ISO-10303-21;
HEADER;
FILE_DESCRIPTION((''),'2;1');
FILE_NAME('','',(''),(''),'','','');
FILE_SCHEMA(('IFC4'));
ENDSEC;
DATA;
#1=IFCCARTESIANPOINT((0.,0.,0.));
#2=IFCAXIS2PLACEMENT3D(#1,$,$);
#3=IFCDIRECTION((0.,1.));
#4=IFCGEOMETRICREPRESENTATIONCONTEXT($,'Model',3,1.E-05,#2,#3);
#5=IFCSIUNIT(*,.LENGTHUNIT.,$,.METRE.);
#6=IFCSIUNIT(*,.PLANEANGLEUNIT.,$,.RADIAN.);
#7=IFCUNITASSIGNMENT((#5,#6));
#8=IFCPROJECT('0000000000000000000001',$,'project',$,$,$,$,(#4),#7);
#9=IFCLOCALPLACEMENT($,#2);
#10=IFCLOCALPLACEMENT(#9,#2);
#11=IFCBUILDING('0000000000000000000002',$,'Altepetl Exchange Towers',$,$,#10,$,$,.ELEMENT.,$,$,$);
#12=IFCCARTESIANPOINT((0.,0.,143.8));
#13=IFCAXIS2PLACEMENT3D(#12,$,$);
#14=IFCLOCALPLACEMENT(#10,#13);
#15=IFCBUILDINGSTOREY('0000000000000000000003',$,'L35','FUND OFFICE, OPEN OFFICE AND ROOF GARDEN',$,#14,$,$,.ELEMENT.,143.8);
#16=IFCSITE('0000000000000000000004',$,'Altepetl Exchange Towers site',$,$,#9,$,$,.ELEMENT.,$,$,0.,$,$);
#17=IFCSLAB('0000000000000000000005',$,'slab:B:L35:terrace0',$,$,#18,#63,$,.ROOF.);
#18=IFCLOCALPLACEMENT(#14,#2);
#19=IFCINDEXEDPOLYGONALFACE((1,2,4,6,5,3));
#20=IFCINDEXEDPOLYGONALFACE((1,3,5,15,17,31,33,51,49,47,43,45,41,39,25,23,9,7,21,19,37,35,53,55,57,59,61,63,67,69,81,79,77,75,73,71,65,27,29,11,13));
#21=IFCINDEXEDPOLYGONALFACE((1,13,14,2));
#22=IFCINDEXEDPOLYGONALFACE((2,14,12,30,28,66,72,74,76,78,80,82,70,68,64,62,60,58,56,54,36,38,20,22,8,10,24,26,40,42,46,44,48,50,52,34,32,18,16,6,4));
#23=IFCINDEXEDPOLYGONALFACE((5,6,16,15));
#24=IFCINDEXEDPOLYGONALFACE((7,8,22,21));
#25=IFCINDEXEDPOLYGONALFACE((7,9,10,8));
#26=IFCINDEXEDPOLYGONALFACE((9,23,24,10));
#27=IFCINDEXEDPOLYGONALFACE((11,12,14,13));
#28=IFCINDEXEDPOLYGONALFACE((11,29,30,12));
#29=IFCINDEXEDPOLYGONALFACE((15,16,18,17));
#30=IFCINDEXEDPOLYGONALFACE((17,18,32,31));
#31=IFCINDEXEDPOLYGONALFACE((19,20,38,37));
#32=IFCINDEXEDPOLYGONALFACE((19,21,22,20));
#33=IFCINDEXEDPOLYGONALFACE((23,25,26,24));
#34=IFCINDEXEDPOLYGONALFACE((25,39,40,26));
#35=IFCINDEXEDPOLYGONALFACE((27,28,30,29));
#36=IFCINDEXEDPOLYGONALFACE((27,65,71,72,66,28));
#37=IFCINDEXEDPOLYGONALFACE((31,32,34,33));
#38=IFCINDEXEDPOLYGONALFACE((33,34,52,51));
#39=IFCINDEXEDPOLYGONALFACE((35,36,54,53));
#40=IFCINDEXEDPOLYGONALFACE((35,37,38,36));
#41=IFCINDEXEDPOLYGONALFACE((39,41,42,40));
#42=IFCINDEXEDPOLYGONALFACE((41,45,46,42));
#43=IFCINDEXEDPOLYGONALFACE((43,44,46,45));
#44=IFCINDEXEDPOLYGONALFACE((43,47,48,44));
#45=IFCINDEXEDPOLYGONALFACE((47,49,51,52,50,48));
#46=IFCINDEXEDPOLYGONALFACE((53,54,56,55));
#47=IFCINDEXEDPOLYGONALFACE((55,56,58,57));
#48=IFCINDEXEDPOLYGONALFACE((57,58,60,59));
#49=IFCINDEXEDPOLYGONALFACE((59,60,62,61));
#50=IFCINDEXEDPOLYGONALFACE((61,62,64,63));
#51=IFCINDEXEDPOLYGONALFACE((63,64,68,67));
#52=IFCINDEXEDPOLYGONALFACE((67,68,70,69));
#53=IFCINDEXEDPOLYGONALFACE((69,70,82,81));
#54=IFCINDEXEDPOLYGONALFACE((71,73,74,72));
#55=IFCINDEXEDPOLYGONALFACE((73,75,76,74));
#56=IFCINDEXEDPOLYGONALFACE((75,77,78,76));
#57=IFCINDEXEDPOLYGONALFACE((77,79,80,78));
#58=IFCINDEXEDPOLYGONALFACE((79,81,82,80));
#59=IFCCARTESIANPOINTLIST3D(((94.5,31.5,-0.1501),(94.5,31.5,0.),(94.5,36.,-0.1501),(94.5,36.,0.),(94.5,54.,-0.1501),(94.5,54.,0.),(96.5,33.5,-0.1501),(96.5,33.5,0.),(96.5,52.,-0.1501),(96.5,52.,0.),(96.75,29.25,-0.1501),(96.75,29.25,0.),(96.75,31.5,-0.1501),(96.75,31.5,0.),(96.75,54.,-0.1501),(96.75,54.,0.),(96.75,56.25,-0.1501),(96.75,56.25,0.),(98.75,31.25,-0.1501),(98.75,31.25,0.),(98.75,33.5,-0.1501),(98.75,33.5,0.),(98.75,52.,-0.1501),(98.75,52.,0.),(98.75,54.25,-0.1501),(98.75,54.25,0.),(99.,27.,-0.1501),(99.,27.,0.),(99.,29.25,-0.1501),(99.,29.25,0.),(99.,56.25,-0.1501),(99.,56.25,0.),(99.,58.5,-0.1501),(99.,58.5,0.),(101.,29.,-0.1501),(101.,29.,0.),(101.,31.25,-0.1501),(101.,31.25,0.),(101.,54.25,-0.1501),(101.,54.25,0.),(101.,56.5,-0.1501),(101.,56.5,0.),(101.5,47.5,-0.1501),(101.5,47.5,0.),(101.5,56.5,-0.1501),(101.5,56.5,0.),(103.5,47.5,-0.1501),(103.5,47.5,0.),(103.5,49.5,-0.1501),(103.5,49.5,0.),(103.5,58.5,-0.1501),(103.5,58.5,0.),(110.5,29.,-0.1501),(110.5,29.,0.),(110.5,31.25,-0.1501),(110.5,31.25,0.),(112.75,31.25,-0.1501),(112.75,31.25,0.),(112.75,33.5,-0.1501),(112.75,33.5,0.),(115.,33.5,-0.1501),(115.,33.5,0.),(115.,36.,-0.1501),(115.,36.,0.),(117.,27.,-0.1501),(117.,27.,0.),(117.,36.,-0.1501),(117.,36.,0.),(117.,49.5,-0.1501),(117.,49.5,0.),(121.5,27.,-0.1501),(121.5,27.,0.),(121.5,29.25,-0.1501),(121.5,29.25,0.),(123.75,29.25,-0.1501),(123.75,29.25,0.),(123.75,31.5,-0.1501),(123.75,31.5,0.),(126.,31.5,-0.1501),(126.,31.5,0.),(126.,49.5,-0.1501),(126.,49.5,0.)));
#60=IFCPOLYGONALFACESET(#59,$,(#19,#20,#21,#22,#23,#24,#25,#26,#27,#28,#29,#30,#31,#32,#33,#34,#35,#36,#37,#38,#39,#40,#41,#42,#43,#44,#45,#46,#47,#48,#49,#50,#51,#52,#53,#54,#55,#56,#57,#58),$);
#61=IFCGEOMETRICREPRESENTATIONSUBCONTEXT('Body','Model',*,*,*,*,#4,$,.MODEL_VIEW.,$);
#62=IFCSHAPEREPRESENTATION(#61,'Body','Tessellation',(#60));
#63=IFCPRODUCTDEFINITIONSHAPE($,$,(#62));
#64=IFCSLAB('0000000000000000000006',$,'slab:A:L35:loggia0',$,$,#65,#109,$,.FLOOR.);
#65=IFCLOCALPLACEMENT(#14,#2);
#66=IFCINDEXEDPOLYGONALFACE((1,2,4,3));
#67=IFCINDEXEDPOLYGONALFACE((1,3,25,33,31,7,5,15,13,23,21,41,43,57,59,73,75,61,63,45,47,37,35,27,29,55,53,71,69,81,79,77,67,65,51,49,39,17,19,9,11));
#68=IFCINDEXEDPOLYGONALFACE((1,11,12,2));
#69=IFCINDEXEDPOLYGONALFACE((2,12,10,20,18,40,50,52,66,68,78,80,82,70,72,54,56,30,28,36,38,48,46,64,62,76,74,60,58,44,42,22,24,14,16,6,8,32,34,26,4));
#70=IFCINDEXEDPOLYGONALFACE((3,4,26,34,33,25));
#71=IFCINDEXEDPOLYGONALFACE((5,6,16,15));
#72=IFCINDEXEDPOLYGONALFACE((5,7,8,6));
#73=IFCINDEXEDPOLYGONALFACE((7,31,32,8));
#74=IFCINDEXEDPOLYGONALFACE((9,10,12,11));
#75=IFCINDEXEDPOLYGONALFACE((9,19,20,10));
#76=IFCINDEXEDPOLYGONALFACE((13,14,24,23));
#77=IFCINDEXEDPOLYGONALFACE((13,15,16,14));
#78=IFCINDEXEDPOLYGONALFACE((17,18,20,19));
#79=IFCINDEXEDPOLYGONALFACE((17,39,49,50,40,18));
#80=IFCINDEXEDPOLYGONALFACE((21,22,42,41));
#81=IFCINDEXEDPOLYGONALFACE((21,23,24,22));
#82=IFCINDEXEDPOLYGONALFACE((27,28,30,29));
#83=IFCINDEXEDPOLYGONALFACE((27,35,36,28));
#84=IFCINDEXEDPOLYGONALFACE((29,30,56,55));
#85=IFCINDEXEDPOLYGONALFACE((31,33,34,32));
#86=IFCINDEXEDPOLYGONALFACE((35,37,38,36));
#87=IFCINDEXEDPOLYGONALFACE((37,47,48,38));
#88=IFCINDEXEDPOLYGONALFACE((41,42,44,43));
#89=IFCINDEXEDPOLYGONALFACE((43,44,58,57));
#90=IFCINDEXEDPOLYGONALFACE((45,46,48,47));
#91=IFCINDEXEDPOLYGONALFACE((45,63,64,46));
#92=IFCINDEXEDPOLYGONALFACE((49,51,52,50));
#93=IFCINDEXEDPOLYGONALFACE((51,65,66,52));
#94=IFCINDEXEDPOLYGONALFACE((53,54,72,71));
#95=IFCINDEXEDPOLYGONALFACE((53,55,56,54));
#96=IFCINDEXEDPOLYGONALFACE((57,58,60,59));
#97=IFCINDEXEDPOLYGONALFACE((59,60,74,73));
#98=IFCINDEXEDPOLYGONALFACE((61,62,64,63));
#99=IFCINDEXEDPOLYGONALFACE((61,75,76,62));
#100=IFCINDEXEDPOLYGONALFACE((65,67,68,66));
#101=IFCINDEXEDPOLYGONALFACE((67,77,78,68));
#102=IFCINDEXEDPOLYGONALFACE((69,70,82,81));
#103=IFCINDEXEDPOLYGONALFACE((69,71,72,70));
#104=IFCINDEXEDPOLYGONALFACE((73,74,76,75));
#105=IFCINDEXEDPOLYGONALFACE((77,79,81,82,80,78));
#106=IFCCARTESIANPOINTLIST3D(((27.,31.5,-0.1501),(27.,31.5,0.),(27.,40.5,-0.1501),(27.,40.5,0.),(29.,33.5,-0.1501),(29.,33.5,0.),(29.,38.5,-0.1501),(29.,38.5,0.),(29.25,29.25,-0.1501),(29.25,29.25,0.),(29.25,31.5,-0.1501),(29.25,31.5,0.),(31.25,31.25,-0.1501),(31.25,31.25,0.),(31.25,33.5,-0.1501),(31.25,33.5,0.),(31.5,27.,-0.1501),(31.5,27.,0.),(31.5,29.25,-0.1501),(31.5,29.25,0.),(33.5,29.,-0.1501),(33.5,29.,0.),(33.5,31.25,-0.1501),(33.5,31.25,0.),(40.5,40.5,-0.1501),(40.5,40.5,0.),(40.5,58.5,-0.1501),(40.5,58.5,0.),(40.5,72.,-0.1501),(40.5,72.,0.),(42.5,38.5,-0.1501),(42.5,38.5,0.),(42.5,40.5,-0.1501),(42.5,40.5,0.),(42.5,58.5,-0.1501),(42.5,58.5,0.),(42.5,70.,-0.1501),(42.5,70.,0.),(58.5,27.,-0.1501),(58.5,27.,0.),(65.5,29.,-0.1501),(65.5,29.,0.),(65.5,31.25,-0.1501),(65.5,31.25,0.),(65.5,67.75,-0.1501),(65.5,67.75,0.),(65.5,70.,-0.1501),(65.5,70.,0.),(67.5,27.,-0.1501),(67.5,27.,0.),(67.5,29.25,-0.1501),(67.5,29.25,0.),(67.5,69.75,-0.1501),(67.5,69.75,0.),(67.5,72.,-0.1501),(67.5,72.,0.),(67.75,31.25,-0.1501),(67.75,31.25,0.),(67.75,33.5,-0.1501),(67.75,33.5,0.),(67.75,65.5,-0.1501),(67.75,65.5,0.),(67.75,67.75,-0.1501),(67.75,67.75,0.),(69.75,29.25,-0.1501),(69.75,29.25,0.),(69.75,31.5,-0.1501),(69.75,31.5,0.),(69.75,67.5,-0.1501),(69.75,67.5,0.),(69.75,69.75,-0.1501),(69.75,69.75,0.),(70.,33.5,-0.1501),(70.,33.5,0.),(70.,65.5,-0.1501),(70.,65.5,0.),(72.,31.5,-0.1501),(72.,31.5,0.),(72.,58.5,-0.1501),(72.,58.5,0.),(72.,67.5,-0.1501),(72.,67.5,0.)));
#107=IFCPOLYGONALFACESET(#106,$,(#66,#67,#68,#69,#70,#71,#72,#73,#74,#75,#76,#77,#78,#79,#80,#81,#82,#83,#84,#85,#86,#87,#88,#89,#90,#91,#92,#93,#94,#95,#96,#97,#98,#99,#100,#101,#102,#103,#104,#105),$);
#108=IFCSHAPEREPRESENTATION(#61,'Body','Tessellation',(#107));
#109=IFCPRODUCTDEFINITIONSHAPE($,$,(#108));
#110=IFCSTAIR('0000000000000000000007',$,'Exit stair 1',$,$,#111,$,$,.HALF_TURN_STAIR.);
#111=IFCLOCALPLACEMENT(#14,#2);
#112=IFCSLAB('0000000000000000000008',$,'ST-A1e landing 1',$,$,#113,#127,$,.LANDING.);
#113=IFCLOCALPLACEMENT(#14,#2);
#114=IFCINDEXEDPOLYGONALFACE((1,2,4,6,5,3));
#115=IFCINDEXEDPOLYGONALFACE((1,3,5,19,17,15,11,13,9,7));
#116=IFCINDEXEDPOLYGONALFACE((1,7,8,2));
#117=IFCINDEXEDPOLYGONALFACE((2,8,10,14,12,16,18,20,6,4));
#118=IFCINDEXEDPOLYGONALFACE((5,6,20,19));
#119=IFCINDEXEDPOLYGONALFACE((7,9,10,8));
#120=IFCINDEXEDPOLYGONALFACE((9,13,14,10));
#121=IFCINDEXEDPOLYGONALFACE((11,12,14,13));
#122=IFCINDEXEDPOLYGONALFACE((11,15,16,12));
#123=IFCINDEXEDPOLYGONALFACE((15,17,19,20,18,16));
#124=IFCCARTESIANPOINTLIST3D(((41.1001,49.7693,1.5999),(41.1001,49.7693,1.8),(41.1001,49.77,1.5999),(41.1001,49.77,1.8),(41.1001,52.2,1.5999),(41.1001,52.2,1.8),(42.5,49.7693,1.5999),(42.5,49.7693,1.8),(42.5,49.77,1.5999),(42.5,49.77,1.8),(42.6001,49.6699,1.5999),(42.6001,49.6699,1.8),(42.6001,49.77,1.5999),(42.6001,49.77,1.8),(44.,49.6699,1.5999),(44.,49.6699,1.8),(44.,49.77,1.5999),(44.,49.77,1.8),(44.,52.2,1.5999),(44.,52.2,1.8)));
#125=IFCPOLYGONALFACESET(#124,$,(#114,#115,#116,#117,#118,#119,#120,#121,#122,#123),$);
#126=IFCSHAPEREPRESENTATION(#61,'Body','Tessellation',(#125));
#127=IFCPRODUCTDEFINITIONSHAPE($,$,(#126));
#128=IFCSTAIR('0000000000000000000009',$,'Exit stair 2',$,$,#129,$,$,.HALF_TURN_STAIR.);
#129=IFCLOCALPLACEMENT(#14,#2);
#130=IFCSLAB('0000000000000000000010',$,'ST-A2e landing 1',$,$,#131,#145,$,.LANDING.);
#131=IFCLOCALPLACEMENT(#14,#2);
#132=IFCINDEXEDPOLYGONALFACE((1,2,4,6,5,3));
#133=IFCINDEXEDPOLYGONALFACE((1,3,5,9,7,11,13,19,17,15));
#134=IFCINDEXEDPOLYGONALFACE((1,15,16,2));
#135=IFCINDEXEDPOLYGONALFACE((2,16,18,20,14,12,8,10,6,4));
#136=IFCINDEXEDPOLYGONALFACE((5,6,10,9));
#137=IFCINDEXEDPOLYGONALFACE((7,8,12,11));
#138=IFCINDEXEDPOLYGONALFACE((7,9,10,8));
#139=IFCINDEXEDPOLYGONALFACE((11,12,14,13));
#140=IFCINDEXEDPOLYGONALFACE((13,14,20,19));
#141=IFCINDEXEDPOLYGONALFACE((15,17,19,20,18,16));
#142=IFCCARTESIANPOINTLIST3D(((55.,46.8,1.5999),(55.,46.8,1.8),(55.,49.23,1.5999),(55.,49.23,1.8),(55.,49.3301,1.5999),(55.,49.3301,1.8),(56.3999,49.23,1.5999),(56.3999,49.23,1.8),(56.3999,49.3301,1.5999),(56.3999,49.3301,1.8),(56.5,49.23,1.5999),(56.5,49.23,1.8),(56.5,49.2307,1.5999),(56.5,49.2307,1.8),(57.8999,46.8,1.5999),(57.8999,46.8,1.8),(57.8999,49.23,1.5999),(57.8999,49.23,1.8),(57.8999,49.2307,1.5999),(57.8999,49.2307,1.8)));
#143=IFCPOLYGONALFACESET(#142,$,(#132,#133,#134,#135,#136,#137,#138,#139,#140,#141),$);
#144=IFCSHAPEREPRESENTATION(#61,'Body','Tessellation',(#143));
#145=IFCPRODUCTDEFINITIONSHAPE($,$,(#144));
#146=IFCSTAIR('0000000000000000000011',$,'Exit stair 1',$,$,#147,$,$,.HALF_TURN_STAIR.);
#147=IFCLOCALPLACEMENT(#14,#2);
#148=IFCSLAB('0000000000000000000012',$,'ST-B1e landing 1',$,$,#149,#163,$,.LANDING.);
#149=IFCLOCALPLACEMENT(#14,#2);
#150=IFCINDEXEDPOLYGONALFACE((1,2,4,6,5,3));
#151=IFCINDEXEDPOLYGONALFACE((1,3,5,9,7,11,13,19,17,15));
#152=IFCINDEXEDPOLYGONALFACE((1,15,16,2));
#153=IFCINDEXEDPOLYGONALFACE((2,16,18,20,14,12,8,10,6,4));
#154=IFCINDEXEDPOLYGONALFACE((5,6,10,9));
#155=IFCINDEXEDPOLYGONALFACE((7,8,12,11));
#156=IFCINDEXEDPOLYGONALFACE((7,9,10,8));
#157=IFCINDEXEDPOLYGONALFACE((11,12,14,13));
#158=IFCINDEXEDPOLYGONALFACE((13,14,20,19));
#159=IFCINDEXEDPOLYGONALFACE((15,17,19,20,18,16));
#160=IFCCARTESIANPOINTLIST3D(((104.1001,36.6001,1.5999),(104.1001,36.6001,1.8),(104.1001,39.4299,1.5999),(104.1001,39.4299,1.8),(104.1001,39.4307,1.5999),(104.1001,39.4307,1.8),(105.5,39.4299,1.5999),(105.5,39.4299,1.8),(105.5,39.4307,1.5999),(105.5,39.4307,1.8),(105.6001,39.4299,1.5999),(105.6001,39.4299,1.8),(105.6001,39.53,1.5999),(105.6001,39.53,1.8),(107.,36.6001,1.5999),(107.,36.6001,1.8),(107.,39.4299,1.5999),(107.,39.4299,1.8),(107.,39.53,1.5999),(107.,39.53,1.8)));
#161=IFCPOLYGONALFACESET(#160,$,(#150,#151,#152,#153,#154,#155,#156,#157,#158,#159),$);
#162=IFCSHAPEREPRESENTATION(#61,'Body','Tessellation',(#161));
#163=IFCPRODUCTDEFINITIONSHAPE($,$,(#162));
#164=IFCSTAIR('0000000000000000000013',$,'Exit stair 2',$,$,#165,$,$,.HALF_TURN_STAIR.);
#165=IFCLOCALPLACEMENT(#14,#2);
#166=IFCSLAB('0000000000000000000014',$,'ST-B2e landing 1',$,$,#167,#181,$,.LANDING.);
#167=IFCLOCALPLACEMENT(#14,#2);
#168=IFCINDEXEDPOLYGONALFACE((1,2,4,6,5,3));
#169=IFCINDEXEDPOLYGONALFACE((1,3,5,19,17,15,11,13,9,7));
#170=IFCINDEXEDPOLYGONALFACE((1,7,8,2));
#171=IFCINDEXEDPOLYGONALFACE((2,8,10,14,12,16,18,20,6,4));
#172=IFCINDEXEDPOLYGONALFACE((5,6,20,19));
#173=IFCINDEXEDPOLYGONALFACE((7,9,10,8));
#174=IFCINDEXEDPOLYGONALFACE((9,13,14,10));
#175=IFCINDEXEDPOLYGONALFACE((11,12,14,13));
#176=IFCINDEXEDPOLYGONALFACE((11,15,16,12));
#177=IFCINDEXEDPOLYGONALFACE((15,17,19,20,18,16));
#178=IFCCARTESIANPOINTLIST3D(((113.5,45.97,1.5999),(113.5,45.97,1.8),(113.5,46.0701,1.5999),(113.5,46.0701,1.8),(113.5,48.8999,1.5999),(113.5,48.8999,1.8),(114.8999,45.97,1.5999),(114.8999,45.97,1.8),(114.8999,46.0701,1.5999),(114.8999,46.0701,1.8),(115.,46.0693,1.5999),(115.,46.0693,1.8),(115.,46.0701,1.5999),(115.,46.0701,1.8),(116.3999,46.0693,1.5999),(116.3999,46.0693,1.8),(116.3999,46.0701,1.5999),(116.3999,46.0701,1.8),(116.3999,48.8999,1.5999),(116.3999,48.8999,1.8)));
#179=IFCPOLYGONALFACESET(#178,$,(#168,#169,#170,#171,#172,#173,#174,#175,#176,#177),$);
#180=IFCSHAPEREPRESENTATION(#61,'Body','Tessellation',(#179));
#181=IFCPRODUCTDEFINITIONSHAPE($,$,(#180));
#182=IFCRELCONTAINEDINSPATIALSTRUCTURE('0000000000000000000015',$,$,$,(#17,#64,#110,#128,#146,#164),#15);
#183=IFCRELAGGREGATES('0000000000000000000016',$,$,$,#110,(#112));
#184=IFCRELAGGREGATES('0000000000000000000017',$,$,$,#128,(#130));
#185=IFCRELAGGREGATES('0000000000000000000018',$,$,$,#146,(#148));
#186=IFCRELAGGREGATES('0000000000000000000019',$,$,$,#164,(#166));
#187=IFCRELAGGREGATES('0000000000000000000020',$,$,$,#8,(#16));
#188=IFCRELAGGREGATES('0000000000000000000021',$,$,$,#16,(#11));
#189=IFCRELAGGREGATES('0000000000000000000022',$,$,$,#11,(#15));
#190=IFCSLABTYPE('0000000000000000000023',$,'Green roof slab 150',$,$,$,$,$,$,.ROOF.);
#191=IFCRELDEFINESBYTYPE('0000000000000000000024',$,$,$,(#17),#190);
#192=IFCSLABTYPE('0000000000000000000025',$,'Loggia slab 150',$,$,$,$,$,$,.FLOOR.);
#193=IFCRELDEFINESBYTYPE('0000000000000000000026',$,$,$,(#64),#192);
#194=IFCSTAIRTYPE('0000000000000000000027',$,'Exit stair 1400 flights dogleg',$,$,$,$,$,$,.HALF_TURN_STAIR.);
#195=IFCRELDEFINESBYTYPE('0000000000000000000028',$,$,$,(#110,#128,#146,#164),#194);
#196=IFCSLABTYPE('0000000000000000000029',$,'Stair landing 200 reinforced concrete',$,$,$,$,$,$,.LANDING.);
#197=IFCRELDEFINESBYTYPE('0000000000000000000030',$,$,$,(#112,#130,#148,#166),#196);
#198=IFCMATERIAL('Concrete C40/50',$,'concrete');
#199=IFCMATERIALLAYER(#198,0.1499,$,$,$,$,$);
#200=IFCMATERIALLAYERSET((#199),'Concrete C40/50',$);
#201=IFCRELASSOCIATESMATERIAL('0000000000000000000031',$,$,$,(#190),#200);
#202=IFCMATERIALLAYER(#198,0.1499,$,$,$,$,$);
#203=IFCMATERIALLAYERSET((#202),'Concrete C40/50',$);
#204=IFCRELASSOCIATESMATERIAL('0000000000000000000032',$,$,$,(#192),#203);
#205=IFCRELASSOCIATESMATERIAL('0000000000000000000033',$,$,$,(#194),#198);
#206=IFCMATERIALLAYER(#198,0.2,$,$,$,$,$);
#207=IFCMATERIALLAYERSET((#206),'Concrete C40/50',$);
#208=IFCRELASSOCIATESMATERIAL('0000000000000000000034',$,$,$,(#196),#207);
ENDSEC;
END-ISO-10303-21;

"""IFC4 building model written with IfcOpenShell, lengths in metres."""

from ifc_helpers import new_model, si_unit, direction, frame, origin, place, context, subcontext, project, spatial, polyline, outline, extrude, material, layer, layer_set, type_object, element, aggregate, save


model = new_model("IFC4")

# Units and contexts
model_context = context("Model", 3, precision=1e-05, world=origin(), true_north=direction((0.0, 1.0)))
body_context = subcontext(model_context, "Body", "Model", "MODEL_VIEW")
ifc_project = project(units=[si_unit("LENGTHUNIT", "METRE"), si_unit("PLANEANGLEUNIT", "RADIAN")], contexts=[model_context])

# Site, building, storey
site_placement = place(None, origin())
site = spatial("IfcSite", under=ifc_project, at=site_placement, Name="Altepetl Exchange Towers site", CompositionType="ELEMENT", RefElevation=0.0)
building_placement = place(site_placement, origin())
building = spatial("IfcBuilding", under=site, at=building_placement, Name="Altepetl Exchange Towers", CompositionType="ELEMENT")
storey_placement = place(building_placement, frame((0.0, 0.0, 143.8)))
storey = spatial("IfcBuildingStorey", under=building, at=storey_placement, Name="L35", Description="FUND OFFICE, OPEN OFFICE AND ROOF GARDEN", CompositionType="ELEMENT", Elevation=143.8)

# Slabs
ifc_material_1 = material(Name="Concrete C40/50", Category="concrete")
ifc_layer_1 = layer(ifc_material_1, 0.1499)
ifc_layer_set_1 = layer_set([ifc_layer_1], Name="Concrete C40/50")
slab_type_1 = type_object("IfcSlabType", Name="Green roof slab 150", PredefinedType="ROOF", material=ifc_layer_set_1)
slab_1_placement = place(storey_placement, frame((0.0, 0.0, -0.1501)))
element("IfcSlab", 1, at=slab_1_placement, inside=storey, type_object=slab_type_1, Name="slab:B:L35:terrace0", PredefinedType="ROOF", context=body_context, shape_type="SweptSolid", body=[
    extrude(outline(polyline([(96.75, 56.25), (96.75, 54.0), (94.5, 54.0), (94.5, 36.0), (94.5, 31.5), (96.75, 31.5), (96.75, 29.25), (99.0, 29.25), (99.0, 27.0), (117.0, 27.0), (121.5, 27.0), (121.5, 29.25), (123.75, 29.25), (123.75, 31.5), (126.0, 31.5), (126.0, 49.5), (117.0, 49.5), (117.0, 36.0), (115.0, 36.0), (115.0, 33.5), (112.75, 33.5), (112.75, 31.25), (110.5, 31.25), (110.5, 29.0), (101.0, 29.0), (101.0, 31.25), (98.75, 31.25), (98.75, 33.5), (96.5, 33.5), (96.5, 52.0), (98.75, 52.0), (98.75, 54.25), (101.0, 54.25), (101.0, 56.5), (101.5, 56.5), (101.5, 47.5), (103.5, 47.5), (103.5, 49.5), (103.5, 58.5), (99.0, 58.5), (99.0, 56.25), (96.75, 56.25)])), origin(), (0.0, 0.0, 1.0), 0.1501),
])
ifc_layer_2 = layer(ifc_material_1, 0.1499)
ifc_layer_set_2 = layer_set([ifc_layer_2], Name="Concrete C40/50")
slab_type_2 = type_object("IfcSlabType", Name="Loggia slab 150", PredefinedType="FLOOR", material=ifc_layer_set_2)
slab_2_placement = place(storey_placement, frame((0.0, 0.0, -0.1501)))
element("IfcSlab", 2, at=slab_2_placement, inside=storey, type_object=slab_type_2, Name="slab:A:L35:loggia0", PredefinedType="FLOOR", context=body_context, shape_type="SweptSolid", body=[
    extrude(outline(polyline([(40.5, 72.0), (40.5, 58.5), (42.5, 58.5), (42.5, 70.0), (65.5, 70.0), (65.5, 67.75), (67.75, 67.75), (67.75, 65.5), (70.0, 65.5), (70.0, 33.5), (67.75, 33.5), (67.75, 31.25), (65.5, 31.25), (65.5, 29.0), (33.5, 29.0), (33.5, 31.25), (31.25, 31.25), (31.25, 33.5), (29.0, 33.5), (29.0, 38.5), (42.5, 38.5), (42.5, 40.5), (40.5, 40.5), (27.0, 40.5), (27.0, 31.5), (29.25, 31.5), (29.25, 29.25), (31.5, 29.25), (31.5, 27.0), (58.5, 27.0), (67.5, 27.0), (67.5, 29.25), (69.75, 29.25), (69.75, 31.5), (72.0, 31.5), (72.0, 58.5), (72.0, 67.5), (69.75, 67.5), (69.75, 69.75), (67.5, 69.75), (67.5, 72.0), (40.5, 72.0)])), origin(), (0.0, 0.0, 1.0), 0.1501),
])

# Stairs, slabs
stair_type = type_object("IfcStairType", Name="Exit stair 1400 flights dogleg", PredefinedType="HALF_TURN_STAIR", material=ifc_material_1)
stair_1_placement = place(storey_placement, origin())
stair_1 = element("IfcStair", 3, at=stair_1_placement, inside=storey, type_object=stair_type, Name="Exit stair 1", PredefinedType="HALF_TURN_STAIR")
ifc_layer_3 = layer(ifc_material_1, 0.2)
ifc_layer_set_3 = layer_set([ifc_layer_3], Name="Concrete C40/50")
slab_type_3 = type_object("IfcSlabType", Name="Stair landing 200 reinforced concrete", PredefinedType="LANDING", material=ifc_layer_set_3)
slab_3_placement = place(storey_placement, frame((0.0, 0.0, 1.5999)))
slab_3 = element("IfcSlab", 4, at=slab_3_placement, type_object=slab_type_3, Name="ST-A1e landing 1", PredefinedType="LANDING", context=body_context, shape_type="SweptSolid", body=[
    extrude(outline(polyline([(44.0, 49.6699), (42.6001, 49.6699), (42.6001, 49.77), (42.5, 49.77), (42.5, 49.7693), (41.1001, 49.7693), (41.1001, 49.77), (41.1001, 52.2), (44.0, 52.2), (44.0, 49.77), (44.0, 49.6699)])), origin(), (0.0, 0.0, 1.0), 0.2002),
])
aggregate(stair_1, [slab_3])
stair_2_placement = place(storey_placement, origin())
stair_2 = element("IfcStair", 5, at=stair_2_placement, inside=storey, type_object=stair_type, Name="Exit stair 2", PredefinedType="HALF_TURN_STAIR")
slab_4_placement = place(storey_placement, frame((0.0, 0.0, 1.5999)))
slab_4 = element("IfcSlab", 6, at=slab_4_placement, type_object=slab_type_3, Name="ST-A2e landing 1", PredefinedType="LANDING", context=body_context, shape_type="SweptSolid", body=[
    extrude(outline(polyline([(57.8999, 46.8), (55.0, 46.8), (55.0, 49.23), (55.0, 49.3301), (56.3999, 49.3301), (56.3999, 49.23), (56.5, 49.23), (56.5, 49.2307), (57.8999, 49.2307), (57.8999, 49.23), (57.8999, 46.8)])), origin(), (0.0, 0.0, 1.0), 0.2002),
])
aggregate(stair_2, [slab_4])
stair_3_placement = place(storey_placement, origin())
stair_3 = element("IfcStair", 7, at=stair_3_placement, inside=storey, type_object=stair_type, Name="Exit stair 1", PredefinedType="HALF_TURN_STAIR")
slab_5_placement = place(storey_placement, frame((0.0, 0.0, 1.5999)))
slab_5 = element("IfcSlab", 8, at=slab_5_placement, type_object=slab_type_3, Name="ST-B1e landing 1", PredefinedType="LANDING", context=body_context, shape_type="SweptSolid", body=[
    extrude(outline(polyline([(107.0, 36.6001), (104.1001, 36.6001), (104.1001, 39.4299), (104.1001, 39.4307), (105.5, 39.4307), (105.5, 39.4299), (105.6001, 39.4299), (105.6001, 39.53), (107.0, 39.53), (107.0, 39.4299), (107.0, 36.6001)])), origin(), (0.0, 0.0, 1.0), 0.2002),
])
aggregate(stair_3, [slab_5])
stair_4_placement = place(storey_placement, origin())
stair_4 = element("IfcStair", 9, at=stair_4_placement, inside=storey, type_object=stair_type, Name="Exit stair 2", PredefinedType="HALF_TURN_STAIR")
slab_6_placement = place(storey_placement, frame((0.0, 0.0, 1.5999)))
slab_6 = element("IfcSlab", 10, at=slab_6_placement, type_object=slab_type_3, Name="ST-B2e landing 1", PredefinedType="LANDING", context=body_context, shape_type="SweptSolid", body=[
    extrude(outline(polyline([(114.8999, 45.97), (113.5, 45.97), (113.5, 46.0701), (113.5, 48.8999), (116.3999, 48.8999), (116.3999, 46.0701), (116.3999, 46.0693), (115.0, 46.0693), (115.0, 46.0701), (114.8999, 46.0701), (114.8999, 45.97)])), origin(), (0.0, 0.0, 1.0), 0.2002),
])
aggregate(stair_4, [slab_6])

save(model, "model.ifc")
